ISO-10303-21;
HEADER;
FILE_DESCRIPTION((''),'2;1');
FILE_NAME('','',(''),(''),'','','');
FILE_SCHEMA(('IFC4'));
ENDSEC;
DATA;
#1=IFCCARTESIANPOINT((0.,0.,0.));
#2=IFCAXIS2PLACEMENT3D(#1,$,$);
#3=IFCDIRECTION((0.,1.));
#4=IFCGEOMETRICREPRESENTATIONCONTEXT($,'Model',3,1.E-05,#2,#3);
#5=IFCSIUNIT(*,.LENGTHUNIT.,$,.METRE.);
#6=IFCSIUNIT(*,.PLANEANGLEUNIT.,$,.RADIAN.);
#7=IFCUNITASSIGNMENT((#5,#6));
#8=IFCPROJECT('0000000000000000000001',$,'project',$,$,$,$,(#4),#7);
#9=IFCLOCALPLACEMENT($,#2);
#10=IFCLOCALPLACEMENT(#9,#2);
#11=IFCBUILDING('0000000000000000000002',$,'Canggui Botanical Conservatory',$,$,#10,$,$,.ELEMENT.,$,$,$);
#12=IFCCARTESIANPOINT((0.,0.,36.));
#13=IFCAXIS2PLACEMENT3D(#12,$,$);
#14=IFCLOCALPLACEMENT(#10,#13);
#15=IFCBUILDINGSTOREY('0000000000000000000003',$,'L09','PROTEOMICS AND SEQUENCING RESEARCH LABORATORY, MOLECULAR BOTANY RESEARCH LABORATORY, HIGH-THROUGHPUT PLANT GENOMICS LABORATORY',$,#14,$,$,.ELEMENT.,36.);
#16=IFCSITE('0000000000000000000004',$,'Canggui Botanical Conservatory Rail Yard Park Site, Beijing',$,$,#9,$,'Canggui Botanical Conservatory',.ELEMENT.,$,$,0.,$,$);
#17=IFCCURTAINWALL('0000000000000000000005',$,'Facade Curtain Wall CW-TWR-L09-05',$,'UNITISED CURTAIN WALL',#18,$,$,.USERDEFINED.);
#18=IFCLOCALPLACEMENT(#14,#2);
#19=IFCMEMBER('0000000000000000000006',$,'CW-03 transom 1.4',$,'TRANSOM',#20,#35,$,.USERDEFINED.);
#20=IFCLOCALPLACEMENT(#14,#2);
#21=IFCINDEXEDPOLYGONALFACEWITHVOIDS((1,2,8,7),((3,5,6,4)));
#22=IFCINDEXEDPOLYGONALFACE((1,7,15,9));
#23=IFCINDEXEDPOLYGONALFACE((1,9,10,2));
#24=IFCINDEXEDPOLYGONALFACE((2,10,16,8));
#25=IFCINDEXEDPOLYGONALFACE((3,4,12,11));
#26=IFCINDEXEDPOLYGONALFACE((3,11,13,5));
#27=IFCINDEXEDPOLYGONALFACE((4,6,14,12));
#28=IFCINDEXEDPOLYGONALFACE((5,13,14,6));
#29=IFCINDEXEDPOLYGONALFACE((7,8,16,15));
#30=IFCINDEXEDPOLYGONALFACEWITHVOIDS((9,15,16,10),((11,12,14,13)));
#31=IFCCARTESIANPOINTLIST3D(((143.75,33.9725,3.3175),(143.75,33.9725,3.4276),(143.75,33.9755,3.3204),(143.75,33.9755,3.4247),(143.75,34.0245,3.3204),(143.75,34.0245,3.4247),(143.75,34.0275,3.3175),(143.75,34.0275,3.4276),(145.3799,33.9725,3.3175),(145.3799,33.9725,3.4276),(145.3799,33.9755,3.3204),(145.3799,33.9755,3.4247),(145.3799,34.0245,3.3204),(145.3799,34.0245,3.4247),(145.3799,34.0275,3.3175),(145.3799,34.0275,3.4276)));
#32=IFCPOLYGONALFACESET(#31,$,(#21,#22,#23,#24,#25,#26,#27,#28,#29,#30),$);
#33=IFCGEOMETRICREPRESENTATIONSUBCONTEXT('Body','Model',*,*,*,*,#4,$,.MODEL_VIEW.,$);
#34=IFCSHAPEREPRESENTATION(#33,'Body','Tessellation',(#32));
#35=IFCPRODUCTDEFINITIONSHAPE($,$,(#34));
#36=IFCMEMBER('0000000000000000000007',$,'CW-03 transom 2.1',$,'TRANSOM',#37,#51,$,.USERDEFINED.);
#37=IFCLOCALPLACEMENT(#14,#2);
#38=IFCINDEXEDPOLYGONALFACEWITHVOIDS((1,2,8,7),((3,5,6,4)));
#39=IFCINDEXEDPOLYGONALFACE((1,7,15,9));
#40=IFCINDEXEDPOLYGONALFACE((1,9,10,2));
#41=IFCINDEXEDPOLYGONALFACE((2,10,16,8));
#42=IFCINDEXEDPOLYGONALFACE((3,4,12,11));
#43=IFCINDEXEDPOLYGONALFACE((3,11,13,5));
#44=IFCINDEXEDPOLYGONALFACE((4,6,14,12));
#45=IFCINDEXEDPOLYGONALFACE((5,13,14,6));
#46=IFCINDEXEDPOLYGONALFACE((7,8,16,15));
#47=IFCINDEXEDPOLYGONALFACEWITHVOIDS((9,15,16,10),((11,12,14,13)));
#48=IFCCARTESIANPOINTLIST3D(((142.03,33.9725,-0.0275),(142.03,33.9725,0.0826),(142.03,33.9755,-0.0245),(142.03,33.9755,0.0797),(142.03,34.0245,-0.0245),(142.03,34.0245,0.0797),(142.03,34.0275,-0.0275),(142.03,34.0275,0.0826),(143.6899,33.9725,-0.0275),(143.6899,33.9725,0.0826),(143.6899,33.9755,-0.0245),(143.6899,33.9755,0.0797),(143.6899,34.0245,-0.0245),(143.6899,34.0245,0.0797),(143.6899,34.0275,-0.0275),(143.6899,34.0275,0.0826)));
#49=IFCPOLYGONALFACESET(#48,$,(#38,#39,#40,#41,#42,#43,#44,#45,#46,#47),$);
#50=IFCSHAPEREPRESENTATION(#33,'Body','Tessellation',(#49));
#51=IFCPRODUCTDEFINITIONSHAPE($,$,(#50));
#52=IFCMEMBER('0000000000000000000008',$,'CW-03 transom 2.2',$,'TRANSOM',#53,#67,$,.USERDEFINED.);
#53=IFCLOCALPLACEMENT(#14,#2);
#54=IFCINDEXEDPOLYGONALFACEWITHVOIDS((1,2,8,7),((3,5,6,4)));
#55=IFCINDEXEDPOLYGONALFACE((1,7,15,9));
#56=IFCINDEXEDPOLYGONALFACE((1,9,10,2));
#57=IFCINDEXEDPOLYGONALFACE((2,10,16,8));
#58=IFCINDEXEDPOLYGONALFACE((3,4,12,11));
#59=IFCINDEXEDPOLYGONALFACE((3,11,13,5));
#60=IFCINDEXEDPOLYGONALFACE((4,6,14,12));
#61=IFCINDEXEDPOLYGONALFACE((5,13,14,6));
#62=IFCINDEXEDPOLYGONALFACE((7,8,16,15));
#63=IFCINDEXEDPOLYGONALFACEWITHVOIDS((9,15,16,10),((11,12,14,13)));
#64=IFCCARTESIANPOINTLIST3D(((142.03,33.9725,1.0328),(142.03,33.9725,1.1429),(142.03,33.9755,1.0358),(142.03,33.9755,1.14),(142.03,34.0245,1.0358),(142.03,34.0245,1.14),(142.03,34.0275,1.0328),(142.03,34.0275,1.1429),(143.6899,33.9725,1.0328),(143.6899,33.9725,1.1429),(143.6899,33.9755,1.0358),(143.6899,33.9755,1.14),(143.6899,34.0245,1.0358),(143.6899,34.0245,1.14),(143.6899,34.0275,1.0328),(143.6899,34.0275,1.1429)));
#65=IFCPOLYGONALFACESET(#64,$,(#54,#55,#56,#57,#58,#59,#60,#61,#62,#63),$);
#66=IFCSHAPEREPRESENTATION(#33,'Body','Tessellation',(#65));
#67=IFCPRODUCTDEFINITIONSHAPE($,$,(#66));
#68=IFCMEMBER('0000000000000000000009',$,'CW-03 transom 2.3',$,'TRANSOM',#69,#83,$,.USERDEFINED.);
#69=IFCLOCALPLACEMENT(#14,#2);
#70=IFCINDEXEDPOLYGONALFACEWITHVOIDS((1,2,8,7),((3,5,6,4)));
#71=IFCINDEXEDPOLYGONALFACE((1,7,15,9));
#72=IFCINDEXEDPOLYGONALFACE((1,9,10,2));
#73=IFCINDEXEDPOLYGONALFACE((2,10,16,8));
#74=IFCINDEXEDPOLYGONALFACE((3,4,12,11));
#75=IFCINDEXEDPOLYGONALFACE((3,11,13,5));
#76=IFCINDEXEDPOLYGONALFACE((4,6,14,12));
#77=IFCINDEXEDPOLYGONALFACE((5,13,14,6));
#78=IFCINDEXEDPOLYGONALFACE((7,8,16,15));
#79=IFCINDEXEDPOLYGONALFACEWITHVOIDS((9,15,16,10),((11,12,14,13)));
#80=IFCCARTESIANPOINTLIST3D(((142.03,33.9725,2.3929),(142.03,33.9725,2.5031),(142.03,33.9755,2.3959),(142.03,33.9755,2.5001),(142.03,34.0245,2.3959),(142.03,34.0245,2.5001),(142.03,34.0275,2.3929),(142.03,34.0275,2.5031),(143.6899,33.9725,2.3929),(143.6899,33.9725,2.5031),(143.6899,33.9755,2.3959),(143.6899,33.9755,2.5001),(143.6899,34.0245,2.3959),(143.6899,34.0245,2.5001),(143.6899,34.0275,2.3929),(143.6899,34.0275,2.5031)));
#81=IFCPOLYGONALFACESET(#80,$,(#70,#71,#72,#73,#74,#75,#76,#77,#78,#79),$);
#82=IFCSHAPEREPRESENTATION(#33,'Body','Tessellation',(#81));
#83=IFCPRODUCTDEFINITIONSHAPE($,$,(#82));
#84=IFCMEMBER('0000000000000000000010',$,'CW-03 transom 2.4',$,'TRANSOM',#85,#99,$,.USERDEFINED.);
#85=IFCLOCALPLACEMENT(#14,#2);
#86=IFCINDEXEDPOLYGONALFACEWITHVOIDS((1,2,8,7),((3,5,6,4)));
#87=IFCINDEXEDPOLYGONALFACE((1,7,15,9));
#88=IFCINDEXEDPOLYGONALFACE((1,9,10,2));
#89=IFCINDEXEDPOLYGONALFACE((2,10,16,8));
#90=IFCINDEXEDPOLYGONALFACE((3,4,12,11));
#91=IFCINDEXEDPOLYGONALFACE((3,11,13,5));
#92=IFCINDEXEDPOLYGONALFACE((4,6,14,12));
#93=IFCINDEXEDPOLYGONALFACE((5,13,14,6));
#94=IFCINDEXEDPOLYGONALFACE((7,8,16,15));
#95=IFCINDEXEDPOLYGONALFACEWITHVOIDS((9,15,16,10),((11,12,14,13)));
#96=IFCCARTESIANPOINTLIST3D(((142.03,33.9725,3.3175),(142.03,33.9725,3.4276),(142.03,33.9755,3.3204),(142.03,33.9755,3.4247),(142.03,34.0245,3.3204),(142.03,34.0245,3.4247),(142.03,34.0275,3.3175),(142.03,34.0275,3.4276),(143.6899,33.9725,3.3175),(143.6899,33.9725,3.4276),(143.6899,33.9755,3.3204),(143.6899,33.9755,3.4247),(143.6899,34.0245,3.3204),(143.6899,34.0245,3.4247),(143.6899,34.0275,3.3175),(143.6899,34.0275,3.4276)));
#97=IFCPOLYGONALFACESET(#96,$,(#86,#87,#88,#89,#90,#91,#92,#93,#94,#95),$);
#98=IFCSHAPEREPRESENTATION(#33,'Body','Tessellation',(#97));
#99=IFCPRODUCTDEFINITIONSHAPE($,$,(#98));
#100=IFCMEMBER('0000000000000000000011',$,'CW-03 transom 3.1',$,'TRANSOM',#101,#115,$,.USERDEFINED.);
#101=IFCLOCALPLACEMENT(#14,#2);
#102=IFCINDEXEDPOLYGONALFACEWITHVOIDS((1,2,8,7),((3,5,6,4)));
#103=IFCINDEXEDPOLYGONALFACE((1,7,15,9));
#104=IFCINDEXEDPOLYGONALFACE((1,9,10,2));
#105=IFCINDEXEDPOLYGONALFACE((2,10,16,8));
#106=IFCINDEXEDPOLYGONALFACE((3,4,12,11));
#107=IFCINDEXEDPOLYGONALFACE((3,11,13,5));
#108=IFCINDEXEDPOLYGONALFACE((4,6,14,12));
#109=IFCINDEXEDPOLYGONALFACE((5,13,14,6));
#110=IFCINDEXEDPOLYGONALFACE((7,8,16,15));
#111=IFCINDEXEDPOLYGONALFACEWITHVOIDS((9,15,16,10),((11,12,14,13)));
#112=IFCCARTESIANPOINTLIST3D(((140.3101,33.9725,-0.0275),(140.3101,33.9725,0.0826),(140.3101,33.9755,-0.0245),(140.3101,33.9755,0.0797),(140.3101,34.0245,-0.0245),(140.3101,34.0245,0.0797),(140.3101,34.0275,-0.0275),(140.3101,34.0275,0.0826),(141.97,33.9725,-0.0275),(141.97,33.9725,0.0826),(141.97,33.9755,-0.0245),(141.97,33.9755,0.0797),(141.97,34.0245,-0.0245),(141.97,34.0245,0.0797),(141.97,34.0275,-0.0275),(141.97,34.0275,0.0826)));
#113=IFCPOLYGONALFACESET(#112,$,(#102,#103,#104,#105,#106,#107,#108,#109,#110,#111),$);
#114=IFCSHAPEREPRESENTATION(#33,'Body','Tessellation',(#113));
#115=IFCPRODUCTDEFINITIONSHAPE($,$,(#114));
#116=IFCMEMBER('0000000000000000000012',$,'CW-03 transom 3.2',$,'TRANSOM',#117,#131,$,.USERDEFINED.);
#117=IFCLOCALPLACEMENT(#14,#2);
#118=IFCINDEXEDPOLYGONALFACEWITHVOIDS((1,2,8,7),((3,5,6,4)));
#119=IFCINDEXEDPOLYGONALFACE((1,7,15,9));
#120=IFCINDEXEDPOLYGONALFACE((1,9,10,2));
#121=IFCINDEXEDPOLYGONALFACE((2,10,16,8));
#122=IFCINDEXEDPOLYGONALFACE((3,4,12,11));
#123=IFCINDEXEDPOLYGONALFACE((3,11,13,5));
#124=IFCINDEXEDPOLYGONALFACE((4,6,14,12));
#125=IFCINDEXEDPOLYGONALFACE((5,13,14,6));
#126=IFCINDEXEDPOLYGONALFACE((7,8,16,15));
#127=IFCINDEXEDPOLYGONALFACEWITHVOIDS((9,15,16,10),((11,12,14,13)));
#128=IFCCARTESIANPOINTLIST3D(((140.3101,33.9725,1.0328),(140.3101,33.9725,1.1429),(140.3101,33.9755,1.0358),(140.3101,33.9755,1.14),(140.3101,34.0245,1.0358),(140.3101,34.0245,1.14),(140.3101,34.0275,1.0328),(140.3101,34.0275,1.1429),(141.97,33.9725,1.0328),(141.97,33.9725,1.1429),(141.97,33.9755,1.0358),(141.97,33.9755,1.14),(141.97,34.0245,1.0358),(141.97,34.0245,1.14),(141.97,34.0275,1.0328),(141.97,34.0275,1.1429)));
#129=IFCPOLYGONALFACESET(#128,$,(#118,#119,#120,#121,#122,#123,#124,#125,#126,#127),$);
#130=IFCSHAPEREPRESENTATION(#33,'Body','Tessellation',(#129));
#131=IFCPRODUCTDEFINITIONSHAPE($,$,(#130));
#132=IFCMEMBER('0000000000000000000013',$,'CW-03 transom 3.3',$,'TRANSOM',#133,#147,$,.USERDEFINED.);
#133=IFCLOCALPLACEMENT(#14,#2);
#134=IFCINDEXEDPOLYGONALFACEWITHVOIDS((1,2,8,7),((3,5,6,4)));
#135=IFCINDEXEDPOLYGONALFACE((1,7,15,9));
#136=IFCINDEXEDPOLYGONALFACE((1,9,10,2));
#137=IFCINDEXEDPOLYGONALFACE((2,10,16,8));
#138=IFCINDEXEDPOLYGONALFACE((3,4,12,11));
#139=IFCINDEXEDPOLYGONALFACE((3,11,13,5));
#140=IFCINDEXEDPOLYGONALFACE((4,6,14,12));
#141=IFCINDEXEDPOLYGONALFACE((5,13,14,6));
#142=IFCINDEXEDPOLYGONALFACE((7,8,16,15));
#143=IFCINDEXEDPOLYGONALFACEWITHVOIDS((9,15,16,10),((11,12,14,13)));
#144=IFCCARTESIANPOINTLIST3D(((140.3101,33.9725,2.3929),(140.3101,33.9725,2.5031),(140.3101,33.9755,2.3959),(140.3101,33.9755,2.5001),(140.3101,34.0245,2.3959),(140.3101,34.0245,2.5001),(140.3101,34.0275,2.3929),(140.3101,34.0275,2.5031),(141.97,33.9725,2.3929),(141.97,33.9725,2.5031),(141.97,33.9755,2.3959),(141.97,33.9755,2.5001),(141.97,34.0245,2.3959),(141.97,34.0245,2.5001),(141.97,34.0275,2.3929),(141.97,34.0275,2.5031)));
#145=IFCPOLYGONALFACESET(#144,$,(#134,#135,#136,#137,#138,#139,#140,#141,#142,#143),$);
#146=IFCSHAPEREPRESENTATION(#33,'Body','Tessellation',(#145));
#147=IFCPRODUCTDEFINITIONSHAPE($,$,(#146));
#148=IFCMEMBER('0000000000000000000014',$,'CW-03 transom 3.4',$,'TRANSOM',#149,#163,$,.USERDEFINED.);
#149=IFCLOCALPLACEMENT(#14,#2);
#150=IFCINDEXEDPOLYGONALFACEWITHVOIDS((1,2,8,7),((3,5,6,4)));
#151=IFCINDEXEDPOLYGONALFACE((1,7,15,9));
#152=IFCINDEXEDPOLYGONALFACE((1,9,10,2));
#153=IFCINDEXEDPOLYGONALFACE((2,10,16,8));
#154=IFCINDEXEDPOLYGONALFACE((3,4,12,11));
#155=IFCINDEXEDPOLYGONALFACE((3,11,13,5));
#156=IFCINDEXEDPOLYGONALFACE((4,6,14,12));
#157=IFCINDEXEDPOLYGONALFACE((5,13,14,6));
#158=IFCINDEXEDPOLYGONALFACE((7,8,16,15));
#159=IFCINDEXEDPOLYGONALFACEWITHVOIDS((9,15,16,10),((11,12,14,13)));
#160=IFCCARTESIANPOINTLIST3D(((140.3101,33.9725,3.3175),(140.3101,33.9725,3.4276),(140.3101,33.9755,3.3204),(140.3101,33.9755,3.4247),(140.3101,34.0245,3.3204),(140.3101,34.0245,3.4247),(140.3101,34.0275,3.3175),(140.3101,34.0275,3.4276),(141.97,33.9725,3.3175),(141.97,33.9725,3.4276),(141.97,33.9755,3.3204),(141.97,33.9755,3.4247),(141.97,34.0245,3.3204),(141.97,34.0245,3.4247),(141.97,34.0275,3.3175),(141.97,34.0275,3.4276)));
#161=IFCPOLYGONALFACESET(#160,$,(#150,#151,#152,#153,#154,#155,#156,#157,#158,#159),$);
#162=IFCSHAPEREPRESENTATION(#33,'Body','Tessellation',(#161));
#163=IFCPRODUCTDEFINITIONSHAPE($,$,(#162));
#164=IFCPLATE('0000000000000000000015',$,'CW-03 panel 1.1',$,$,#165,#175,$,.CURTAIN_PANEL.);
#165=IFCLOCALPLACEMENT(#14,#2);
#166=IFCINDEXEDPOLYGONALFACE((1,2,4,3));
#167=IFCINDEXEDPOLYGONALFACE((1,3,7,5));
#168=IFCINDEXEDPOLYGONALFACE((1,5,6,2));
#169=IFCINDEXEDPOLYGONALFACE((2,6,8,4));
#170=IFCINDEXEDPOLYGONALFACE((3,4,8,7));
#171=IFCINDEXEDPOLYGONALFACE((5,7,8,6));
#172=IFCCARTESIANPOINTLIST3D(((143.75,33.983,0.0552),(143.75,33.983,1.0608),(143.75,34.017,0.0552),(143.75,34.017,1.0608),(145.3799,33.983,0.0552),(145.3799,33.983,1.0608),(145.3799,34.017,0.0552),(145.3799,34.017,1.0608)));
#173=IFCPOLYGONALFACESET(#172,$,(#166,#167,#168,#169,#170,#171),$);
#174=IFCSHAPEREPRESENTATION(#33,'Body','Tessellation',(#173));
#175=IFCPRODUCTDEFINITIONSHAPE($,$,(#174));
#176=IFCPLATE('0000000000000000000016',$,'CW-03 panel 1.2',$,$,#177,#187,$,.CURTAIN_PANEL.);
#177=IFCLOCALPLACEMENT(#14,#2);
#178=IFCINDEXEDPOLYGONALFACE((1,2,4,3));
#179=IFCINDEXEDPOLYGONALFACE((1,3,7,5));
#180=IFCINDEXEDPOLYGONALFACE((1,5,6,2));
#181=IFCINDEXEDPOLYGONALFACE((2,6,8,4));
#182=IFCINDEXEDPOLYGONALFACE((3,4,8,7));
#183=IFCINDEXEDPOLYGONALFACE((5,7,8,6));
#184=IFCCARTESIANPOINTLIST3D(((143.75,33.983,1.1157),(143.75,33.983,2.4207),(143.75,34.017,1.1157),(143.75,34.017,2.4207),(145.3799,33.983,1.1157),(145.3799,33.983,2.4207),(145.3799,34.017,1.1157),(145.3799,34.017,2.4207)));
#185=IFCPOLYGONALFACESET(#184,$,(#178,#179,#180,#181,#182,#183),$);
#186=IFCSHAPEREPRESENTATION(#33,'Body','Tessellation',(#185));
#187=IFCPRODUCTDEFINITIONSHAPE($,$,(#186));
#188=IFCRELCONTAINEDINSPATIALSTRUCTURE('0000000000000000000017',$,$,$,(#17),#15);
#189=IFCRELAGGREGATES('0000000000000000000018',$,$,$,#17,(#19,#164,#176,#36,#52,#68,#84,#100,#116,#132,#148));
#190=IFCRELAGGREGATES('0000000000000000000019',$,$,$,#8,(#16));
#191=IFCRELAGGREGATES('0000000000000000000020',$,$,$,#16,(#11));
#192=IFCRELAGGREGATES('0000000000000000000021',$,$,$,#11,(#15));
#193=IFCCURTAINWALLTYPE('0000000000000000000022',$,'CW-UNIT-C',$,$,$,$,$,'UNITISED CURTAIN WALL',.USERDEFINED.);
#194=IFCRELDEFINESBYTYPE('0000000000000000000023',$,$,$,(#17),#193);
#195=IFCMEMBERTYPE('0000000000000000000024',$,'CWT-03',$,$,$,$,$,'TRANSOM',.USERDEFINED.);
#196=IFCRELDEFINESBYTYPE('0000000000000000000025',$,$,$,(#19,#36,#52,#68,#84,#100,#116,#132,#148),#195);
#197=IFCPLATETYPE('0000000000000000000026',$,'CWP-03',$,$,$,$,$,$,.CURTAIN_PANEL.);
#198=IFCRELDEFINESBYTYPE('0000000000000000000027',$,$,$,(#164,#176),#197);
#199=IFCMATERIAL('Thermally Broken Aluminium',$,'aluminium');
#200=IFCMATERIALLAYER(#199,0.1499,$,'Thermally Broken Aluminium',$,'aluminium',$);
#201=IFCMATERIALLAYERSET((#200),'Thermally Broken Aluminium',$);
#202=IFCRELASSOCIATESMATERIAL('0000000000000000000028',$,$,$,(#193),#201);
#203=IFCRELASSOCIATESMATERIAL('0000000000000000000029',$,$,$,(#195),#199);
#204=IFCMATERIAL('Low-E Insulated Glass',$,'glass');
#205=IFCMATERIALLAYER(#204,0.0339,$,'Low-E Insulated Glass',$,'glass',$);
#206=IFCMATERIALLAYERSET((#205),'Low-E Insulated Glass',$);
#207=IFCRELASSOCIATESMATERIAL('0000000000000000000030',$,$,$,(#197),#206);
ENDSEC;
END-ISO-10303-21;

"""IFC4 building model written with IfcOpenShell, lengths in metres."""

from ifc_helpers import new_model, si_unit, direction, frame, origin, origin_2d, place, context, subcontext, project, spatial, rectangle, hollow_rectangle, extrude, material, layer, layer_set, material_profile, profile_set, type_object, element, aggregate, save


model = new_model("IFC4")

# Units and contexts
model_context = context("Model", 3, precision=1e-05, world=origin(), true_north=direction((0.0, 1.0)))
body_context = subcontext(model_context, "Body", "Model", "MODEL_VIEW")
ifc_project = project(units=[si_unit("LENGTHUNIT", "METRE"), si_unit("PLANEANGLEUNIT", "RADIAN")], contexts=[model_context])

# Site, building, storey
site_placement = place(None, origin())
site = spatial("IfcSite", under=ifc_project, at=site_placement, Name="Canggui Botanical Conservatory Rail Yard Park Site, Beijing", LongName="Canggui Botanical Conservatory", CompositionType="ELEMENT", RefElevation=0.0)
building_placement = place(site_placement, origin())
building = spatial("IfcBuilding", under=site, at=building_placement, Name="Canggui Botanical Conservatory", CompositionType="ELEMENT")
storey_placement = place(building_placement, frame((0.0, 0.0, 36.0)))
storey = spatial("IfcBuildingStorey", under=building, at=storey_placement, Name="L09", Description="PROTEOMICS AND SEQUENCING RESEARCH LABORATORY, MOLECULAR BOTANY RESEARCH LABORATORY, HIGH-THROUGHPUT PLANT GENOMICS LABORATORY", CompositionType="ELEMENT", Elevation=36.0)

# Curtain wall, members, plates
ifc_material_1 = material(Name="Thermally Broken Aluminium", Category="aluminium")
ifc_layer_1 = layer(ifc_material_1, 0.1499, Name="Thermally Broken Aluminium", Category="aluminium")
ifc_layer_set_1 = layer_set([ifc_layer_1], Name="Thermally Broken Aluminium")
curtain_wall_type = type_object("IfcCurtainWallType", Name="CW-UNIT-C", ElementType="UNITISED CURTAIN WALL", PredefinedType="USERDEFINED", material=ifc_layer_set_1)
curtain_wall_placement = place(storey_placement, origin())
curtain_wall = element("IfcCurtainWall", 1, at=curtain_wall_placement, inside=storey, type_object=curtain_wall_type, Name="Facade Curtain Wall CW-TWR-L09-05", ObjectType="UNITISED CURTAIN WALL", PredefinedType="USERDEFINED")
ifc_material_profile_1 = material_profile(ifc_material_1, hollow_rectangle(XDim=0.0549, YDim=0.1101, WallThickness=0.0029, at=origin_2d()), Name="CWT 55x110x3")
ifc_profile_set_1 = profile_set([ifc_material_profile_1], Name="Thermally Broken Aluminium")
member_type_1 = type_object("IfcMemberType", Name="CWT-03", ElementType="TRANSOM", PredefinedType="USERDEFINED", material=ifc_profile_set_1)
member_1_placement = place(storey_placement, frame((145.3799, 34.0, 3.3726), z_axis=(-1.0, 0.0, 0.0), x_axis=(0.0, -1.0, 0.0)))
member_1 = element("IfcMember", 2, at=member_1_placement, type_object=member_type_1, Name="CW-03 transom 1.4", ObjectType="TRANSOM", PredefinedType="USERDEFINED", context=body_context, shape_type="SweptSolid", body=[
    extrude(hollow_rectangle(XDim=0.0549, YDim=0.1101, WallThickness=0.0029, at=origin_2d()), origin(), (0.0, 0.0, 1.0), 1.6299),
])
member_2_placement = place(storey_placement, frame((143.6899, 34.0, 0.0276), z_axis=(-1.0, 0.0, 0.0), x_axis=(0.0, -1.0, 0.0)))
member_2 = element("IfcMember", 3, at=member_2_placement, type_object=member_type_1, Name="CW-03 transom 2.1", ObjectType="TRANSOM", PredefinedType="USERDEFINED", context=body_context, shape_type="SweptSolid", body=[
    extrude(hollow_rectangle(XDim=0.0549, YDim=0.1101, WallThickness=0.0029, at=origin_2d()), origin(), (0.0, 0.0, 1.0), 1.6599),
])
member_3_placement = place(storey_placement, frame((143.6899, 34.0, 1.0879), z_axis=(-1.0, 0.0, 0.0), x_axis=(0.0, -1.0, 0.0)))
member_3 = element("IfcMember", 4, at=member_3_placement, type_object=member_type_1, Name="CW-03 transom 2.2", ObjectType="TRANSOM", PredefinedType="USERDEFINED", context=body_context, shape_type="SweptSolid", body=[
    extrude(hollow_rectangle(XDim=0.0549, YDim=0.1101, WallThickness=0.0029, at=origin_2d()), origin(), (0.0, 0.0, 1.0), 1.6599),
])
member_4_placement = place(storey_placement, frame((143.6899, 34.0, 2.448), z_axis=(-1.0, 0.0, 0.0), x_axis=(0.0, -1.0, 0.0)))
member_4 = element("IfcMember", 5, at=member_4_placement, type_object=member_type_1, Name="CW-03 transom 2.3", ObjectType="TRANSOM", PredefinedType="USERDEFINED", context=body_context, shape_type="SweptSolid", body=[
    extrude(hollow_rectangle(XDim=0.0549, YDim=0.1101, WallThickness=0.0029, at=origin_2d()), origin(), (0.0, 0.0, 1.0), 1.6599),
])
member_5_placement = place(storey_placement, frame((143.6899, 34.0, 3.3726), z_axis=(-1.0, 0.0, 0.0), x_axis=(0.0, -1.0, 0.0)))
member_5 = element("IfcMember", 6, at=member_5_placement, type_object=member_type_1, Name="CW-03 transom 2.4", ObjectType="TRANSOM", PredefinedType="USERDEFINED", context=body_context, shape_type="SweptSolid", body=[
    extrude(hollow_rectangle(XDim=0.0549, YDim=0.1101, WallThickness=0.0029, at=origin_2d()), origin(), (0.0, 0.0, 1.0), 1.6599),
])
member_6_placement = place(storey_placement, frame((141.97, 34.0, 0.0276), z_axis=(-1.0, 0.0, 0.0), x_axis=(0.0, -1.0, 0.0)))
member_6 = element("IfcMember", 7, at=member_6_placement, type_object=member_type_1, Name="CW-03 transom 3.1", ObjectType="TRANSOM", PredefinedType="USERDEFINED", context=body_context, shape_type="SweptSolid", body=[
    extrude(hollow_rectangle(XDim=0.0549, YDim=0.1101, WallThickness=0.0029, at=origin_2d()), origin(), (0.0, 0.0, 1.0), 1.6599),
])
member_7_placement = place(storey_placement, frame((141.97, 34.0, 1.0879), z_axis=(-1.0, 0.0, 0.0), x_axis=(0.0, -1.0, 0.0)))
member_7 = element("IfcMember", 8, at=member_7_placement, type_object=member_type_1, Name="CW-03 transom 3.2", ObjectType="TRANSOM", PredefinedType="USERDEFINED", context=body_context, shape_type="SweptSolid", body=[
    extrude(hollow_rectangle(XDim=0.0549, YDim=0.1101, WallThickness=0.0029, at=origin_2d()), origin(), (0.0, 0.0, 1.0), 1.6599),
])
member_8_placement = place(storey_placement, frame((141.97, 34.0, 2.448), z_axis=(-1.0, 0.0, 0.0), x_axis=(0.0, -1.0, 0.0)))
member_8 = element("IfcMember", 9, at=member_8_placement, type_object=member_type_1, Name="CW-03 transom 3.3", ObjectType="TRANSOM", PredefinedType="USERDEFINED", context=body_context, shape_type="SweptSolid", body=[
    extrude(hollow_rectangle(XDim=0.0549, YDim=0.1101, WallThickness=0.0029, at=origin_2d()), origin(), (0.0, 0.0, 1.0), 1.6599),
])
member_9_placement = place(storey_placement, frame((141.97, 34.0, 3.3726), z_axis=(-1.0, 0.0, 0.0), x_axis=(0.0, -1.0, 0.0)))
member_9 = element("IfcMember", 10, at=member_9_placement, type_object=member_type_1, Name="CW-03 transom 3.4", ObjectType="TRANSOM", PredefinedType="USERDEFINED", context=body_context, shape_type="SweptSolid", body=[
    extrude(hollow_rectangle(XDim=0.0549, YDim=0.1101, WallThickness=0.0029, at=origin_2d()), origin(), (0.0, 0.0, 1.0), 1.6599),
])
ifc_material_2 = material(Name="Low-E Insulated Glass", Category="glass")
ifc_layer_2 = layer(ifc_material_2, 0.0339, Name="Low-E Insulated Glass", Category="glass")
ifc_layer_set_2 = layer_set([ifc_layer_2], Name="Low-E Insulated Glass")
plate_type = type_object("IfcPlateType", Name="CWP-03", PredefinedType="CURTAIN_PANEL", material=ifc_layer_set_2)
plate_1_placement = place(storey_placement, frame((144.5649, 34.0, 0.0552), z_axis=(0.0, 0.0, 1.0), x_axis=(-1.0, 0.0, 0.0)))
plate_1 = element("IfcPlate", 11, at=plate_1_placement, type_object=plate_type, Name="CW-03 panel 1.1", PredefinedType="CURTAIN_PANEL", context=body_context, shape_type="SweptSolid", body=[
    extrude(rectangle(XDim=1.6299, YDim=0.0339, at=origin_2d()), origin(), (0.0, 0.0, 1.0), 1.0056),
])
plate_2_placement = place(storey_placement, frame((144.5649, 34.0, 1.1157), z_axis=(0.0, 0.0, 1.0), x_axis=(-1.0, 0.0, 0.0)))
plate_2 = element("IfcPlate", 12, at=plate_2_placement, type_object=plate_type, Name="CW-03 panel 1.2", PredefinedType="CURTAIN_PANEL", context=body_context, shape_type="SweptSolid", body=[
    extrude(rectangle(XDim=1.6299, YDim=0.0339, at=origin_2d()), origin(), (0.0, 0.0, 1.0), 1.3049),
])
aggregate(curtain_wall, [member_1, plate_1, plate_2, member_2, member_3, member_4, member_5, member_6, member_7, member_8, member_9])

save(model, "model.ifc")
